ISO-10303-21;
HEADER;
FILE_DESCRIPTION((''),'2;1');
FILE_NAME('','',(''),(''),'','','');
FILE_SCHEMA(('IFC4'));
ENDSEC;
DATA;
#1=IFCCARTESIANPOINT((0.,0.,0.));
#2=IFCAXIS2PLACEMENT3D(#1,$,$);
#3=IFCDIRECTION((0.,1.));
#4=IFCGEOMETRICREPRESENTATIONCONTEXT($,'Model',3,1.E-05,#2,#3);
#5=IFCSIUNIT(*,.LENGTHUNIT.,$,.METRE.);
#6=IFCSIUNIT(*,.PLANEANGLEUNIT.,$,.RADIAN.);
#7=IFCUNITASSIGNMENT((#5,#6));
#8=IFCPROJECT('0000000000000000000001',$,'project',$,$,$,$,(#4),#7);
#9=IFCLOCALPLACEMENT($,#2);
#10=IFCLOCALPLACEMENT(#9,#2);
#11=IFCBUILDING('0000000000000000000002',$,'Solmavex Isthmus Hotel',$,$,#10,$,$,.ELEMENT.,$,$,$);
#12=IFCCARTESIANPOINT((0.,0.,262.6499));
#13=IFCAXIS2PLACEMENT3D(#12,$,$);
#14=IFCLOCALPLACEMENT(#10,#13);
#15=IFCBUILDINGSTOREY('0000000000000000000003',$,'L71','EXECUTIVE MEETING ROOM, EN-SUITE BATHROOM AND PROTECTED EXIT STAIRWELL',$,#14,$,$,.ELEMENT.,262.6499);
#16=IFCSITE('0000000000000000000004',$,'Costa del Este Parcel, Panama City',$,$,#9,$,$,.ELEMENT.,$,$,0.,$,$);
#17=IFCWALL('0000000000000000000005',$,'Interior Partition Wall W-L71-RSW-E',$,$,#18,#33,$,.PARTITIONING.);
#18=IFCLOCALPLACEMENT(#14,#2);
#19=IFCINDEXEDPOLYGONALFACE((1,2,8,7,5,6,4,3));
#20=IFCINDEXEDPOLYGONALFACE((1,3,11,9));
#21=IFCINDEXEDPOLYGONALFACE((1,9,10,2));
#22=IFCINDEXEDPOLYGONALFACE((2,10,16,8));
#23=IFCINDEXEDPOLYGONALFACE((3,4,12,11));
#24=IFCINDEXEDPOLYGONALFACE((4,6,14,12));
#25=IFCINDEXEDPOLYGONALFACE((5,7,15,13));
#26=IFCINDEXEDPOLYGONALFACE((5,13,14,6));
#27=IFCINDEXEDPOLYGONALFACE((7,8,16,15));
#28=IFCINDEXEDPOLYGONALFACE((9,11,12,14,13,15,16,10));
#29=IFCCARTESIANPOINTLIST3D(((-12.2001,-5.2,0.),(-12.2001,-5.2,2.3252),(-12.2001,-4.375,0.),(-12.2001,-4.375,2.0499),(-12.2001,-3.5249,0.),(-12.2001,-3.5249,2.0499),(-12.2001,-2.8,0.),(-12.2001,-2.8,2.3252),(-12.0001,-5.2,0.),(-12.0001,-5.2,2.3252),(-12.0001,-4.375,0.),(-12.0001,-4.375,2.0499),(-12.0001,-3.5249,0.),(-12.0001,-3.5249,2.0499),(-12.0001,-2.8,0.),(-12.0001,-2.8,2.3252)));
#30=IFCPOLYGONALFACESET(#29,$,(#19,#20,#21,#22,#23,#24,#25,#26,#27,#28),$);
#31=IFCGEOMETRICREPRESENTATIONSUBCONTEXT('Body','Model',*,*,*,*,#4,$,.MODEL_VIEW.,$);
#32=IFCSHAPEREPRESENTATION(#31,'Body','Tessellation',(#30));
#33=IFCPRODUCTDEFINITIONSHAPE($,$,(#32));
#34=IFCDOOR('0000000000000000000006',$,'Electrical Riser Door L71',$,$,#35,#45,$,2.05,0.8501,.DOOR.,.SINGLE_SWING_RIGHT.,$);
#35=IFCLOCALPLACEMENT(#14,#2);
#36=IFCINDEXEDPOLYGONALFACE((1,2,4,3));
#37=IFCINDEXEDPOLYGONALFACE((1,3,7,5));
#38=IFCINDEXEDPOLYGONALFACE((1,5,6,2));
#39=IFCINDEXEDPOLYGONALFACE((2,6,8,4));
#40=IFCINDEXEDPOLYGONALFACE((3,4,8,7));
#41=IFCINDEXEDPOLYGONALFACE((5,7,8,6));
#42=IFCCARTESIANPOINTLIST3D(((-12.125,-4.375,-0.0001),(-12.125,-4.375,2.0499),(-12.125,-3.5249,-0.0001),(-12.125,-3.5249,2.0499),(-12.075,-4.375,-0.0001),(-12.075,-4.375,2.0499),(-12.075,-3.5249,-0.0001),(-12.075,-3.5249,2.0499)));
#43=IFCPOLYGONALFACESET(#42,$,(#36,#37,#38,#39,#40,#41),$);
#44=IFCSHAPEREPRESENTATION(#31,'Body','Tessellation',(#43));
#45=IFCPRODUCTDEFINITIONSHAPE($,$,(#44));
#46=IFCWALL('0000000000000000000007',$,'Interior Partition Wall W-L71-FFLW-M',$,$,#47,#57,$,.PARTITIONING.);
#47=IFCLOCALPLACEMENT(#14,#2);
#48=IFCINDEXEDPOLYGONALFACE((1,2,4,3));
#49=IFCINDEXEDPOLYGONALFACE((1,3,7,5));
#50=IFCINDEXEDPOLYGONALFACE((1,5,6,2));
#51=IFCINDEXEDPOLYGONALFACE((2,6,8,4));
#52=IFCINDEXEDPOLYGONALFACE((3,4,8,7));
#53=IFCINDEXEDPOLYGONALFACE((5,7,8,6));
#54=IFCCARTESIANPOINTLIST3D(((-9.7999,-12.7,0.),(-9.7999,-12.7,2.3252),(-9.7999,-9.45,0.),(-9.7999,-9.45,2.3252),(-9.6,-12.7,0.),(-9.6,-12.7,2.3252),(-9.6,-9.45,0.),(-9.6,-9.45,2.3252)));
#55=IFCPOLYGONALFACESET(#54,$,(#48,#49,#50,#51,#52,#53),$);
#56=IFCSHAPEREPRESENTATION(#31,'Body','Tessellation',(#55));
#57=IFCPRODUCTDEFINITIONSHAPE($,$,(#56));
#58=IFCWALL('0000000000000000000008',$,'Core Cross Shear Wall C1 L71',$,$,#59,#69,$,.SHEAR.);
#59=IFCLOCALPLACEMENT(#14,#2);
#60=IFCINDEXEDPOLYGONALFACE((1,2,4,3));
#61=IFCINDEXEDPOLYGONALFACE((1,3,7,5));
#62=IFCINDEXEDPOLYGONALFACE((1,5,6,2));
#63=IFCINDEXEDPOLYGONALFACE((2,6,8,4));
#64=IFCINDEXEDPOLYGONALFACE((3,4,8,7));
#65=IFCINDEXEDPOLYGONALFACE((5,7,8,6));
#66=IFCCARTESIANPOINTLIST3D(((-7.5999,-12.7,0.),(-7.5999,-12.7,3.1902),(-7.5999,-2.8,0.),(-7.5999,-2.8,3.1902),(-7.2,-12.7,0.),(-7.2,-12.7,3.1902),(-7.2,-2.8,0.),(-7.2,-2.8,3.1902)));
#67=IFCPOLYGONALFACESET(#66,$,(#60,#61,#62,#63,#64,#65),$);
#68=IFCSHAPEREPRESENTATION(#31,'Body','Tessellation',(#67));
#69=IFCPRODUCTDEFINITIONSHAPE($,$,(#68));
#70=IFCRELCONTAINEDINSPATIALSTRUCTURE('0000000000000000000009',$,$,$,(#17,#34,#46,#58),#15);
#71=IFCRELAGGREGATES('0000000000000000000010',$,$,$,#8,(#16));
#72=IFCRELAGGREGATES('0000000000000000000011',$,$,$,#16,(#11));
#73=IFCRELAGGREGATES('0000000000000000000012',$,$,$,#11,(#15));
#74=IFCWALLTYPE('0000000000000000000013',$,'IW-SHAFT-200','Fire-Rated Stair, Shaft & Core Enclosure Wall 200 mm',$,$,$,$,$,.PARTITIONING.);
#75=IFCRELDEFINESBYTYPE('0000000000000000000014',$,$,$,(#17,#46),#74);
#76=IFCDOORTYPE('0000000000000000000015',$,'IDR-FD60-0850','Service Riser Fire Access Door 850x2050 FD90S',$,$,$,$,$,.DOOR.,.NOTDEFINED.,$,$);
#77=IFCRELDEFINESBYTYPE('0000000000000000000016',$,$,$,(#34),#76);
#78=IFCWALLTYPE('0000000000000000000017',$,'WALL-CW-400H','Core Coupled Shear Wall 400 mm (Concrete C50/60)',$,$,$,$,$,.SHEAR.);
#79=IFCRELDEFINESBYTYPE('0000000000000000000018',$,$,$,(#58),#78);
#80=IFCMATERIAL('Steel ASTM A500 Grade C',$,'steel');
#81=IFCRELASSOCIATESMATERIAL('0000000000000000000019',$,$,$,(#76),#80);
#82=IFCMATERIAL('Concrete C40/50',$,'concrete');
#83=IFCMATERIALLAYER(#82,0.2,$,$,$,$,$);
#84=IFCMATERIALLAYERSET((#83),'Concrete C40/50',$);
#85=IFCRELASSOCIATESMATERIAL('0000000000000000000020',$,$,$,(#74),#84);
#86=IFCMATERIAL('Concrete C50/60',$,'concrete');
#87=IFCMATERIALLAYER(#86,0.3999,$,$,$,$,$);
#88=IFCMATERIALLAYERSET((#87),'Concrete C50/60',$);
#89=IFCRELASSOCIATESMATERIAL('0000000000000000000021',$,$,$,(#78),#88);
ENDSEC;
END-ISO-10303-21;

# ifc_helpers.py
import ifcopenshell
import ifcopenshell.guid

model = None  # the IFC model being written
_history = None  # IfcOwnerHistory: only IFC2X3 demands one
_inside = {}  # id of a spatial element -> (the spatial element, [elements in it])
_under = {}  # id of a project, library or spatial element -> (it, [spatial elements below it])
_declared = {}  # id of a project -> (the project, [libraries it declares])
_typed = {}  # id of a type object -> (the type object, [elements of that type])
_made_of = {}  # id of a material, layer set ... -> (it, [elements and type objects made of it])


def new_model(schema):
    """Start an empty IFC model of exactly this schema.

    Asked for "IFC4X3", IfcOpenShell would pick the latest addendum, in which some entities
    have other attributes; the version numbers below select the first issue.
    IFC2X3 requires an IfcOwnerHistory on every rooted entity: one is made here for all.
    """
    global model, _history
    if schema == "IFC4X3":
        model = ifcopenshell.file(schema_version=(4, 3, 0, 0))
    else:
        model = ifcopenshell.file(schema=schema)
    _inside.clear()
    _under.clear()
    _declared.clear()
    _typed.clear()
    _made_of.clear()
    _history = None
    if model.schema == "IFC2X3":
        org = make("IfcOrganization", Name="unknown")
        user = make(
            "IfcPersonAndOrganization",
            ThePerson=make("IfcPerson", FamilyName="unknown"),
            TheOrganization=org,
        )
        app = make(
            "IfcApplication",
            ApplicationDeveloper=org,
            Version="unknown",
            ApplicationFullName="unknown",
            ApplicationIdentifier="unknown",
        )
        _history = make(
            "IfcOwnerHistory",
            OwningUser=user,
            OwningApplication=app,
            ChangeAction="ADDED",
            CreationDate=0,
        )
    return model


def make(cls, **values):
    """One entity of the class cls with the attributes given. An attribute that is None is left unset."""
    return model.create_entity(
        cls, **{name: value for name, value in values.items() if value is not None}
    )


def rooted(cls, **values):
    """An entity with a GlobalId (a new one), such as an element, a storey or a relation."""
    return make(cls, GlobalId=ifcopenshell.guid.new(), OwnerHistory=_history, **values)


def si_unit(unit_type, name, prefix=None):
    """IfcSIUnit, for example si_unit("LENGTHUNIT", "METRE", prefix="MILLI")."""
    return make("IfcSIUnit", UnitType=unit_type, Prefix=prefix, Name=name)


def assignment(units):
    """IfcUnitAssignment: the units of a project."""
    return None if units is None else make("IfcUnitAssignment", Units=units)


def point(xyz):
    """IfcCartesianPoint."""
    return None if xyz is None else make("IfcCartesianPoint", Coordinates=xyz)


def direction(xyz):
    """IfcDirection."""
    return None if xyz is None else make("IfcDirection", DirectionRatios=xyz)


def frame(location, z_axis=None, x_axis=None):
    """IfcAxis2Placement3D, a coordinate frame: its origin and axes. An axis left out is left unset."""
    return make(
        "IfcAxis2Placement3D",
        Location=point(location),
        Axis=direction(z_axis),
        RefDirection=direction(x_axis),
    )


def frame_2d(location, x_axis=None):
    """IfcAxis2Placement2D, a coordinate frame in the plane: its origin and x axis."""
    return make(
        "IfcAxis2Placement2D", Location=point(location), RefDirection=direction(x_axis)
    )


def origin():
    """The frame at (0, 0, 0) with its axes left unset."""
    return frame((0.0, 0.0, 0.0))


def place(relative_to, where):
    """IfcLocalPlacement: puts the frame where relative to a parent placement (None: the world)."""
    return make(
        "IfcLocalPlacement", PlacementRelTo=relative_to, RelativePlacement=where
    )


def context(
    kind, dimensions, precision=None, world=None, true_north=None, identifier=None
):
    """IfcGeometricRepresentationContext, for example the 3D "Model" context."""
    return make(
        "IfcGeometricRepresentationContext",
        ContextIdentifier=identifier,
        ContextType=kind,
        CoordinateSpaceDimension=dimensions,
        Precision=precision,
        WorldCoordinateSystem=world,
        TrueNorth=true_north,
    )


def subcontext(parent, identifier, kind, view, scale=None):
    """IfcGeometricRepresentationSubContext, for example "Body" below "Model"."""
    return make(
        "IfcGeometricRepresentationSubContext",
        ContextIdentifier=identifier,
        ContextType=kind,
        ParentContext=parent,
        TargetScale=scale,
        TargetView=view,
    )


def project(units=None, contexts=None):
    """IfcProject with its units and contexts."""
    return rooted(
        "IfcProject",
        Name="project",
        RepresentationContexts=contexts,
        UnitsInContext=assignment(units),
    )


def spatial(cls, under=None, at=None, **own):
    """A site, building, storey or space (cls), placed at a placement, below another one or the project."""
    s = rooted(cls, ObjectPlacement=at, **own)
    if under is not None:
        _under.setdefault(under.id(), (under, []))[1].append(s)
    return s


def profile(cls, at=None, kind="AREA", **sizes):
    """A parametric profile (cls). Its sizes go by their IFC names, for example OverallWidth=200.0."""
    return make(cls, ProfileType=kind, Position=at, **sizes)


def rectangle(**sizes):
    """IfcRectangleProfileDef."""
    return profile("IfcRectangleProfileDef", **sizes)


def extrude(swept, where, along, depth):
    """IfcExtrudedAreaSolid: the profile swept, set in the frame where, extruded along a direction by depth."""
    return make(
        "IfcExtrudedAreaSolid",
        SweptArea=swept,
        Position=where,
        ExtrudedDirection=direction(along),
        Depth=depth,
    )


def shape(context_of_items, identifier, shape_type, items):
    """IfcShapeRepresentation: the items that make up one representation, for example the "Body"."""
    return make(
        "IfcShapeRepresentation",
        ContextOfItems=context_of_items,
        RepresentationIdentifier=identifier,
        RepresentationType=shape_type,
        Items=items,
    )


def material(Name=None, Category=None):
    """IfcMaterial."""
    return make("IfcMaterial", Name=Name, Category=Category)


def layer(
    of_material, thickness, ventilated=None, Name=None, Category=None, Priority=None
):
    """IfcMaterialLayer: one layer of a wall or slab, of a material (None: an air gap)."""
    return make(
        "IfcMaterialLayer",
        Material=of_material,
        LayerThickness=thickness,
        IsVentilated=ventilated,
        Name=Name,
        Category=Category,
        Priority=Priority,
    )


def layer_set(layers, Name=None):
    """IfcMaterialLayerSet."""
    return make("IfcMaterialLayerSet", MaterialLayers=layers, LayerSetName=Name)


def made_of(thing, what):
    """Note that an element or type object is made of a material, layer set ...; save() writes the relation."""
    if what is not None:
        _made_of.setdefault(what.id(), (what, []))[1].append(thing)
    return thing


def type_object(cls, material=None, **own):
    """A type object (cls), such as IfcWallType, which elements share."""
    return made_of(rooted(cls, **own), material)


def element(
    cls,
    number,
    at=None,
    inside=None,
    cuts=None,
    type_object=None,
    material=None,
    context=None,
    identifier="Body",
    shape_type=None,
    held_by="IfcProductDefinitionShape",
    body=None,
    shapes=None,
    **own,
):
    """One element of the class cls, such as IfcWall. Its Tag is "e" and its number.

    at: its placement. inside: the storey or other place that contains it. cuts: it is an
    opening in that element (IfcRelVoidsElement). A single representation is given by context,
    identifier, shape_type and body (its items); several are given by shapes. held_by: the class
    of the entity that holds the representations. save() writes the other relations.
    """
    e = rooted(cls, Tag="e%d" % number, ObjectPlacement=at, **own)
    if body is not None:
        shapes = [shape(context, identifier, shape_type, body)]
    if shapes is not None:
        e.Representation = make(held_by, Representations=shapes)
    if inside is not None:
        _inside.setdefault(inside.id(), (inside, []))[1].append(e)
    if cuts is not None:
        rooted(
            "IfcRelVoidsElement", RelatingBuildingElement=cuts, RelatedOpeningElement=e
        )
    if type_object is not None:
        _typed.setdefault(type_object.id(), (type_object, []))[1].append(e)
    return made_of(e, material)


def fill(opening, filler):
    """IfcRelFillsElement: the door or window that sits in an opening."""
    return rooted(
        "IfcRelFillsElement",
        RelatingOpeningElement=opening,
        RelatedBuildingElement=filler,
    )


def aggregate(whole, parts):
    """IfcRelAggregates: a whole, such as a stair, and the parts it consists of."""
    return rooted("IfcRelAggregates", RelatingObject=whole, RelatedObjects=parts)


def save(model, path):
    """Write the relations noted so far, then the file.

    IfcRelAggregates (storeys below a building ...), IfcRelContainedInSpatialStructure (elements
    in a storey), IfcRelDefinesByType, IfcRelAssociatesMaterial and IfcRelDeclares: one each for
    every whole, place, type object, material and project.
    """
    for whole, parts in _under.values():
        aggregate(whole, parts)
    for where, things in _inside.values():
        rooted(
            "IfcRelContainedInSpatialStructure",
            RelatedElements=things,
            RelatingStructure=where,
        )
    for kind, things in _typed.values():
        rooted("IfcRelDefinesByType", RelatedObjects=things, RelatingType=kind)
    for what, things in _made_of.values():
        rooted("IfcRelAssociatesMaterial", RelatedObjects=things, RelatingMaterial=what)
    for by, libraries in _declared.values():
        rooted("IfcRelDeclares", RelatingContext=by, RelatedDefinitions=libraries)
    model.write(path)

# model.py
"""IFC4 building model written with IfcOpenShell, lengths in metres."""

from ifc_helpers import new_model, si_unit, direction, frame, frame_2d, origin, place, context, subcontext, project, spatial, rectangle, extrude, material, layer, layer_set, type_object, element, fill, save


model = new_model("IFC4")

# Units and contexts
model_context = context("Model", 3, precision=1e-05, world=origin(), true_north=direction((0.0, 1.0)))
body_context = subcontext(model_context, "Body", "Model", "MODEL_VIEW")
ifc_project = project(units=[si_unit("LENGTHUNIT", "METRE"), si_unit("PLANEANGLEUNIT", "RADIAN")], contexts=[model_context])

# Site, building, storey
site_placement = place(None, origin())
site = spatial("IfcSite", under=ifc_project, at=site_placement, Name="Costa del Este Parcel, Panama City", CompositionType="ELEMENT", RefElevation=0.0)
building_placement = place(site_placement, origin())
building = spatial("IfcBuilding", under=site, at=building_placement, Name="Solmavex Isthmus Hotel", CompositionType="ELEMENT")
storey_placement = place(building_placement, frame((0.0, 0.0, 262.6499)))
storey = spatial("IfcBuildingStorey", under=building, at=storey_placement, Name="L71", Description="EXECUTIVE MEETING ROOM, EN-SUITE BATHROOM AND PROTECTED EXIT STAIRWELL", CompositionType="ELEMENT", Elevation=262.6499)

# Shared definitions
ifc_material_1 = material(Name="Concrete C50/60", Category="concrete")

# Shared definitions
ifc_material_2 = material(Name="Steel ASTM A500 Grade C", Category="steel")
door_type_1 = type_object("IfcDoorType", Name="IDR-FD60-0850", Description="Service Riser Fire Access Door 850x2050 FD90S", OperationType="NOTDEFINED", PredefinedType="DOOR", material=ifc_material_2)

# Wall, opening, door
ifc_material_3 = material(Name="Concrete C40/50", Category="concrete")
ifc_layer_1 = layer(ifc_material_3, 0.2)
ifc_layer_set_1 = layer_set([ifc_layer_1], Name="Concrete C40/50")
wall_type_1 = type_object("IfcWallType", Name="IW-SHAFT-200", Description="Fire-Rated Stair, Shaft & Core Enclosure Wall 200 mm", PredefinedType="PARTITIONING", material=ifc_layer_set_1)
wall_1_placement = place(storey_placement, frame((-12.1001, -5.2, 0.0), z_axis=(0.0, 0.0, 1.0), x_axis=(0.0, 1.0, 0.0)))
wall_1 = element("IfcWall", 1, at=wall_1_placement, inside=storey, type_object=wall_type_1, Name="Interior Partition Wall W-L71-RSW-E", PredefinedType="PARTITIONING", context=body_context, shape_type="SweptSolid", body=[
    extrude(rectangle(XDim=2.3999, YDim=0.2, at=frame_2d((1.2, 0.0))), origin(), (0.0, 0.0, 1.0), 2.3252),
])
opening_1_placement = place(wall_1_placement, frame((0.825, 0.0, 0.0)))
opening_1 = element("IfcOpeningElement", 2, at=opening_1_placement, cuts=wall_1, PredefinedType="OPENING", context=body_context, shape_type="SweptSolid", body=[
    extrude(rectangle(XDim=0.8501, YDim=2.05, at=frame_2d((0.425, 1.0249))), frame((0.0, 0.1099, 0.0), z_axis=(0.0, -1.0, 0.0), x_axis=(1.0, 0.0, 0.0)), (0.0, 0.0, 1.0), 0.22),
])
door_1_placement = place(opening_1_placement, origin())
door_1 = element("IfcDoor", 3, at=door_1_placement, inside=storey, type_object=door_type_1, Name="Electrical Riser Door L71", OperationType="SINGLE_SWING_RIGHT", OverallHeight=2.05, OverallWidth=0.8501, PredefinedType="DOOR", context=body_context, shape_type="SweptSolid", body=[
    extrude(rectangle(XDim=0.8501, YDim=2.05, at=frame_2d((0.425, 1.0249))), frame((0.0, 0.0249, 0.0), z_axis=(0.0, -1.0, 0.0), x_axis=(1.0, 0.0, 0.0)), (0.0, 0.0, 1.0), 0.05),
])
fill(opening_1, door_1)

# Walls
wall_2_placement = place(storey_placement, frame((-9.7, -12.7, 0.0), z_axis=(0.0, 0.0, 1.0), x_axis=(0.0, 1.0, 0.0)))
element("IfcWall", 4, at=wall_2_placement, inside=storey, type_object=wall_type_1, Name="Interior Partition Wall W-L71-FFLW-M", PredefinedType="PARTITIONING", context=body_context, shape_type="SweptSolid", body=[
    extrude(rectangle(XDim=3.25, YDim=0.2, at=frame_2d((1.625, 0.0))), origin(), (0.0, 0.0, 1.0), 2.3252),
])
ifc_layer_2 = layer(ifc_material_1, 0.3999)
ifc_layer_set_2 = layer_set([ifc_layer_2], Name="Concrete C50/60")
wall_type_2 = type_object("IfcWallType", Name="WALL-CW-400H", Description="Core Coupled Shear Wall 400 mm (Concrete C50/60)", PredefinedType="SHEAR", material=ifc_layer_set_2)
wall_3_placement = place(storey_placement, frame((-7.3999, -12.7, 0.0), z_axis=(0.0, 0.0, 1.0), x_axis=(0.0, 1.0, 0.0)))
element("IfcWall", 5, at=wall_3_placement, inside=storey, type_object=wall_type_2, Name="Core Cross Shear Wall C1 L71", PredefinedType="SHEAR", context=body_context, shape_type="SweptSolid", body=[
    extrude(rectangle(XDim=9.8999, YDim=0.3999, at=frame_2d((4.95, 0.0))), origin(), (0.0, 0.0, 1.0), 3.1902),
])

save(model, "model.ifc")
